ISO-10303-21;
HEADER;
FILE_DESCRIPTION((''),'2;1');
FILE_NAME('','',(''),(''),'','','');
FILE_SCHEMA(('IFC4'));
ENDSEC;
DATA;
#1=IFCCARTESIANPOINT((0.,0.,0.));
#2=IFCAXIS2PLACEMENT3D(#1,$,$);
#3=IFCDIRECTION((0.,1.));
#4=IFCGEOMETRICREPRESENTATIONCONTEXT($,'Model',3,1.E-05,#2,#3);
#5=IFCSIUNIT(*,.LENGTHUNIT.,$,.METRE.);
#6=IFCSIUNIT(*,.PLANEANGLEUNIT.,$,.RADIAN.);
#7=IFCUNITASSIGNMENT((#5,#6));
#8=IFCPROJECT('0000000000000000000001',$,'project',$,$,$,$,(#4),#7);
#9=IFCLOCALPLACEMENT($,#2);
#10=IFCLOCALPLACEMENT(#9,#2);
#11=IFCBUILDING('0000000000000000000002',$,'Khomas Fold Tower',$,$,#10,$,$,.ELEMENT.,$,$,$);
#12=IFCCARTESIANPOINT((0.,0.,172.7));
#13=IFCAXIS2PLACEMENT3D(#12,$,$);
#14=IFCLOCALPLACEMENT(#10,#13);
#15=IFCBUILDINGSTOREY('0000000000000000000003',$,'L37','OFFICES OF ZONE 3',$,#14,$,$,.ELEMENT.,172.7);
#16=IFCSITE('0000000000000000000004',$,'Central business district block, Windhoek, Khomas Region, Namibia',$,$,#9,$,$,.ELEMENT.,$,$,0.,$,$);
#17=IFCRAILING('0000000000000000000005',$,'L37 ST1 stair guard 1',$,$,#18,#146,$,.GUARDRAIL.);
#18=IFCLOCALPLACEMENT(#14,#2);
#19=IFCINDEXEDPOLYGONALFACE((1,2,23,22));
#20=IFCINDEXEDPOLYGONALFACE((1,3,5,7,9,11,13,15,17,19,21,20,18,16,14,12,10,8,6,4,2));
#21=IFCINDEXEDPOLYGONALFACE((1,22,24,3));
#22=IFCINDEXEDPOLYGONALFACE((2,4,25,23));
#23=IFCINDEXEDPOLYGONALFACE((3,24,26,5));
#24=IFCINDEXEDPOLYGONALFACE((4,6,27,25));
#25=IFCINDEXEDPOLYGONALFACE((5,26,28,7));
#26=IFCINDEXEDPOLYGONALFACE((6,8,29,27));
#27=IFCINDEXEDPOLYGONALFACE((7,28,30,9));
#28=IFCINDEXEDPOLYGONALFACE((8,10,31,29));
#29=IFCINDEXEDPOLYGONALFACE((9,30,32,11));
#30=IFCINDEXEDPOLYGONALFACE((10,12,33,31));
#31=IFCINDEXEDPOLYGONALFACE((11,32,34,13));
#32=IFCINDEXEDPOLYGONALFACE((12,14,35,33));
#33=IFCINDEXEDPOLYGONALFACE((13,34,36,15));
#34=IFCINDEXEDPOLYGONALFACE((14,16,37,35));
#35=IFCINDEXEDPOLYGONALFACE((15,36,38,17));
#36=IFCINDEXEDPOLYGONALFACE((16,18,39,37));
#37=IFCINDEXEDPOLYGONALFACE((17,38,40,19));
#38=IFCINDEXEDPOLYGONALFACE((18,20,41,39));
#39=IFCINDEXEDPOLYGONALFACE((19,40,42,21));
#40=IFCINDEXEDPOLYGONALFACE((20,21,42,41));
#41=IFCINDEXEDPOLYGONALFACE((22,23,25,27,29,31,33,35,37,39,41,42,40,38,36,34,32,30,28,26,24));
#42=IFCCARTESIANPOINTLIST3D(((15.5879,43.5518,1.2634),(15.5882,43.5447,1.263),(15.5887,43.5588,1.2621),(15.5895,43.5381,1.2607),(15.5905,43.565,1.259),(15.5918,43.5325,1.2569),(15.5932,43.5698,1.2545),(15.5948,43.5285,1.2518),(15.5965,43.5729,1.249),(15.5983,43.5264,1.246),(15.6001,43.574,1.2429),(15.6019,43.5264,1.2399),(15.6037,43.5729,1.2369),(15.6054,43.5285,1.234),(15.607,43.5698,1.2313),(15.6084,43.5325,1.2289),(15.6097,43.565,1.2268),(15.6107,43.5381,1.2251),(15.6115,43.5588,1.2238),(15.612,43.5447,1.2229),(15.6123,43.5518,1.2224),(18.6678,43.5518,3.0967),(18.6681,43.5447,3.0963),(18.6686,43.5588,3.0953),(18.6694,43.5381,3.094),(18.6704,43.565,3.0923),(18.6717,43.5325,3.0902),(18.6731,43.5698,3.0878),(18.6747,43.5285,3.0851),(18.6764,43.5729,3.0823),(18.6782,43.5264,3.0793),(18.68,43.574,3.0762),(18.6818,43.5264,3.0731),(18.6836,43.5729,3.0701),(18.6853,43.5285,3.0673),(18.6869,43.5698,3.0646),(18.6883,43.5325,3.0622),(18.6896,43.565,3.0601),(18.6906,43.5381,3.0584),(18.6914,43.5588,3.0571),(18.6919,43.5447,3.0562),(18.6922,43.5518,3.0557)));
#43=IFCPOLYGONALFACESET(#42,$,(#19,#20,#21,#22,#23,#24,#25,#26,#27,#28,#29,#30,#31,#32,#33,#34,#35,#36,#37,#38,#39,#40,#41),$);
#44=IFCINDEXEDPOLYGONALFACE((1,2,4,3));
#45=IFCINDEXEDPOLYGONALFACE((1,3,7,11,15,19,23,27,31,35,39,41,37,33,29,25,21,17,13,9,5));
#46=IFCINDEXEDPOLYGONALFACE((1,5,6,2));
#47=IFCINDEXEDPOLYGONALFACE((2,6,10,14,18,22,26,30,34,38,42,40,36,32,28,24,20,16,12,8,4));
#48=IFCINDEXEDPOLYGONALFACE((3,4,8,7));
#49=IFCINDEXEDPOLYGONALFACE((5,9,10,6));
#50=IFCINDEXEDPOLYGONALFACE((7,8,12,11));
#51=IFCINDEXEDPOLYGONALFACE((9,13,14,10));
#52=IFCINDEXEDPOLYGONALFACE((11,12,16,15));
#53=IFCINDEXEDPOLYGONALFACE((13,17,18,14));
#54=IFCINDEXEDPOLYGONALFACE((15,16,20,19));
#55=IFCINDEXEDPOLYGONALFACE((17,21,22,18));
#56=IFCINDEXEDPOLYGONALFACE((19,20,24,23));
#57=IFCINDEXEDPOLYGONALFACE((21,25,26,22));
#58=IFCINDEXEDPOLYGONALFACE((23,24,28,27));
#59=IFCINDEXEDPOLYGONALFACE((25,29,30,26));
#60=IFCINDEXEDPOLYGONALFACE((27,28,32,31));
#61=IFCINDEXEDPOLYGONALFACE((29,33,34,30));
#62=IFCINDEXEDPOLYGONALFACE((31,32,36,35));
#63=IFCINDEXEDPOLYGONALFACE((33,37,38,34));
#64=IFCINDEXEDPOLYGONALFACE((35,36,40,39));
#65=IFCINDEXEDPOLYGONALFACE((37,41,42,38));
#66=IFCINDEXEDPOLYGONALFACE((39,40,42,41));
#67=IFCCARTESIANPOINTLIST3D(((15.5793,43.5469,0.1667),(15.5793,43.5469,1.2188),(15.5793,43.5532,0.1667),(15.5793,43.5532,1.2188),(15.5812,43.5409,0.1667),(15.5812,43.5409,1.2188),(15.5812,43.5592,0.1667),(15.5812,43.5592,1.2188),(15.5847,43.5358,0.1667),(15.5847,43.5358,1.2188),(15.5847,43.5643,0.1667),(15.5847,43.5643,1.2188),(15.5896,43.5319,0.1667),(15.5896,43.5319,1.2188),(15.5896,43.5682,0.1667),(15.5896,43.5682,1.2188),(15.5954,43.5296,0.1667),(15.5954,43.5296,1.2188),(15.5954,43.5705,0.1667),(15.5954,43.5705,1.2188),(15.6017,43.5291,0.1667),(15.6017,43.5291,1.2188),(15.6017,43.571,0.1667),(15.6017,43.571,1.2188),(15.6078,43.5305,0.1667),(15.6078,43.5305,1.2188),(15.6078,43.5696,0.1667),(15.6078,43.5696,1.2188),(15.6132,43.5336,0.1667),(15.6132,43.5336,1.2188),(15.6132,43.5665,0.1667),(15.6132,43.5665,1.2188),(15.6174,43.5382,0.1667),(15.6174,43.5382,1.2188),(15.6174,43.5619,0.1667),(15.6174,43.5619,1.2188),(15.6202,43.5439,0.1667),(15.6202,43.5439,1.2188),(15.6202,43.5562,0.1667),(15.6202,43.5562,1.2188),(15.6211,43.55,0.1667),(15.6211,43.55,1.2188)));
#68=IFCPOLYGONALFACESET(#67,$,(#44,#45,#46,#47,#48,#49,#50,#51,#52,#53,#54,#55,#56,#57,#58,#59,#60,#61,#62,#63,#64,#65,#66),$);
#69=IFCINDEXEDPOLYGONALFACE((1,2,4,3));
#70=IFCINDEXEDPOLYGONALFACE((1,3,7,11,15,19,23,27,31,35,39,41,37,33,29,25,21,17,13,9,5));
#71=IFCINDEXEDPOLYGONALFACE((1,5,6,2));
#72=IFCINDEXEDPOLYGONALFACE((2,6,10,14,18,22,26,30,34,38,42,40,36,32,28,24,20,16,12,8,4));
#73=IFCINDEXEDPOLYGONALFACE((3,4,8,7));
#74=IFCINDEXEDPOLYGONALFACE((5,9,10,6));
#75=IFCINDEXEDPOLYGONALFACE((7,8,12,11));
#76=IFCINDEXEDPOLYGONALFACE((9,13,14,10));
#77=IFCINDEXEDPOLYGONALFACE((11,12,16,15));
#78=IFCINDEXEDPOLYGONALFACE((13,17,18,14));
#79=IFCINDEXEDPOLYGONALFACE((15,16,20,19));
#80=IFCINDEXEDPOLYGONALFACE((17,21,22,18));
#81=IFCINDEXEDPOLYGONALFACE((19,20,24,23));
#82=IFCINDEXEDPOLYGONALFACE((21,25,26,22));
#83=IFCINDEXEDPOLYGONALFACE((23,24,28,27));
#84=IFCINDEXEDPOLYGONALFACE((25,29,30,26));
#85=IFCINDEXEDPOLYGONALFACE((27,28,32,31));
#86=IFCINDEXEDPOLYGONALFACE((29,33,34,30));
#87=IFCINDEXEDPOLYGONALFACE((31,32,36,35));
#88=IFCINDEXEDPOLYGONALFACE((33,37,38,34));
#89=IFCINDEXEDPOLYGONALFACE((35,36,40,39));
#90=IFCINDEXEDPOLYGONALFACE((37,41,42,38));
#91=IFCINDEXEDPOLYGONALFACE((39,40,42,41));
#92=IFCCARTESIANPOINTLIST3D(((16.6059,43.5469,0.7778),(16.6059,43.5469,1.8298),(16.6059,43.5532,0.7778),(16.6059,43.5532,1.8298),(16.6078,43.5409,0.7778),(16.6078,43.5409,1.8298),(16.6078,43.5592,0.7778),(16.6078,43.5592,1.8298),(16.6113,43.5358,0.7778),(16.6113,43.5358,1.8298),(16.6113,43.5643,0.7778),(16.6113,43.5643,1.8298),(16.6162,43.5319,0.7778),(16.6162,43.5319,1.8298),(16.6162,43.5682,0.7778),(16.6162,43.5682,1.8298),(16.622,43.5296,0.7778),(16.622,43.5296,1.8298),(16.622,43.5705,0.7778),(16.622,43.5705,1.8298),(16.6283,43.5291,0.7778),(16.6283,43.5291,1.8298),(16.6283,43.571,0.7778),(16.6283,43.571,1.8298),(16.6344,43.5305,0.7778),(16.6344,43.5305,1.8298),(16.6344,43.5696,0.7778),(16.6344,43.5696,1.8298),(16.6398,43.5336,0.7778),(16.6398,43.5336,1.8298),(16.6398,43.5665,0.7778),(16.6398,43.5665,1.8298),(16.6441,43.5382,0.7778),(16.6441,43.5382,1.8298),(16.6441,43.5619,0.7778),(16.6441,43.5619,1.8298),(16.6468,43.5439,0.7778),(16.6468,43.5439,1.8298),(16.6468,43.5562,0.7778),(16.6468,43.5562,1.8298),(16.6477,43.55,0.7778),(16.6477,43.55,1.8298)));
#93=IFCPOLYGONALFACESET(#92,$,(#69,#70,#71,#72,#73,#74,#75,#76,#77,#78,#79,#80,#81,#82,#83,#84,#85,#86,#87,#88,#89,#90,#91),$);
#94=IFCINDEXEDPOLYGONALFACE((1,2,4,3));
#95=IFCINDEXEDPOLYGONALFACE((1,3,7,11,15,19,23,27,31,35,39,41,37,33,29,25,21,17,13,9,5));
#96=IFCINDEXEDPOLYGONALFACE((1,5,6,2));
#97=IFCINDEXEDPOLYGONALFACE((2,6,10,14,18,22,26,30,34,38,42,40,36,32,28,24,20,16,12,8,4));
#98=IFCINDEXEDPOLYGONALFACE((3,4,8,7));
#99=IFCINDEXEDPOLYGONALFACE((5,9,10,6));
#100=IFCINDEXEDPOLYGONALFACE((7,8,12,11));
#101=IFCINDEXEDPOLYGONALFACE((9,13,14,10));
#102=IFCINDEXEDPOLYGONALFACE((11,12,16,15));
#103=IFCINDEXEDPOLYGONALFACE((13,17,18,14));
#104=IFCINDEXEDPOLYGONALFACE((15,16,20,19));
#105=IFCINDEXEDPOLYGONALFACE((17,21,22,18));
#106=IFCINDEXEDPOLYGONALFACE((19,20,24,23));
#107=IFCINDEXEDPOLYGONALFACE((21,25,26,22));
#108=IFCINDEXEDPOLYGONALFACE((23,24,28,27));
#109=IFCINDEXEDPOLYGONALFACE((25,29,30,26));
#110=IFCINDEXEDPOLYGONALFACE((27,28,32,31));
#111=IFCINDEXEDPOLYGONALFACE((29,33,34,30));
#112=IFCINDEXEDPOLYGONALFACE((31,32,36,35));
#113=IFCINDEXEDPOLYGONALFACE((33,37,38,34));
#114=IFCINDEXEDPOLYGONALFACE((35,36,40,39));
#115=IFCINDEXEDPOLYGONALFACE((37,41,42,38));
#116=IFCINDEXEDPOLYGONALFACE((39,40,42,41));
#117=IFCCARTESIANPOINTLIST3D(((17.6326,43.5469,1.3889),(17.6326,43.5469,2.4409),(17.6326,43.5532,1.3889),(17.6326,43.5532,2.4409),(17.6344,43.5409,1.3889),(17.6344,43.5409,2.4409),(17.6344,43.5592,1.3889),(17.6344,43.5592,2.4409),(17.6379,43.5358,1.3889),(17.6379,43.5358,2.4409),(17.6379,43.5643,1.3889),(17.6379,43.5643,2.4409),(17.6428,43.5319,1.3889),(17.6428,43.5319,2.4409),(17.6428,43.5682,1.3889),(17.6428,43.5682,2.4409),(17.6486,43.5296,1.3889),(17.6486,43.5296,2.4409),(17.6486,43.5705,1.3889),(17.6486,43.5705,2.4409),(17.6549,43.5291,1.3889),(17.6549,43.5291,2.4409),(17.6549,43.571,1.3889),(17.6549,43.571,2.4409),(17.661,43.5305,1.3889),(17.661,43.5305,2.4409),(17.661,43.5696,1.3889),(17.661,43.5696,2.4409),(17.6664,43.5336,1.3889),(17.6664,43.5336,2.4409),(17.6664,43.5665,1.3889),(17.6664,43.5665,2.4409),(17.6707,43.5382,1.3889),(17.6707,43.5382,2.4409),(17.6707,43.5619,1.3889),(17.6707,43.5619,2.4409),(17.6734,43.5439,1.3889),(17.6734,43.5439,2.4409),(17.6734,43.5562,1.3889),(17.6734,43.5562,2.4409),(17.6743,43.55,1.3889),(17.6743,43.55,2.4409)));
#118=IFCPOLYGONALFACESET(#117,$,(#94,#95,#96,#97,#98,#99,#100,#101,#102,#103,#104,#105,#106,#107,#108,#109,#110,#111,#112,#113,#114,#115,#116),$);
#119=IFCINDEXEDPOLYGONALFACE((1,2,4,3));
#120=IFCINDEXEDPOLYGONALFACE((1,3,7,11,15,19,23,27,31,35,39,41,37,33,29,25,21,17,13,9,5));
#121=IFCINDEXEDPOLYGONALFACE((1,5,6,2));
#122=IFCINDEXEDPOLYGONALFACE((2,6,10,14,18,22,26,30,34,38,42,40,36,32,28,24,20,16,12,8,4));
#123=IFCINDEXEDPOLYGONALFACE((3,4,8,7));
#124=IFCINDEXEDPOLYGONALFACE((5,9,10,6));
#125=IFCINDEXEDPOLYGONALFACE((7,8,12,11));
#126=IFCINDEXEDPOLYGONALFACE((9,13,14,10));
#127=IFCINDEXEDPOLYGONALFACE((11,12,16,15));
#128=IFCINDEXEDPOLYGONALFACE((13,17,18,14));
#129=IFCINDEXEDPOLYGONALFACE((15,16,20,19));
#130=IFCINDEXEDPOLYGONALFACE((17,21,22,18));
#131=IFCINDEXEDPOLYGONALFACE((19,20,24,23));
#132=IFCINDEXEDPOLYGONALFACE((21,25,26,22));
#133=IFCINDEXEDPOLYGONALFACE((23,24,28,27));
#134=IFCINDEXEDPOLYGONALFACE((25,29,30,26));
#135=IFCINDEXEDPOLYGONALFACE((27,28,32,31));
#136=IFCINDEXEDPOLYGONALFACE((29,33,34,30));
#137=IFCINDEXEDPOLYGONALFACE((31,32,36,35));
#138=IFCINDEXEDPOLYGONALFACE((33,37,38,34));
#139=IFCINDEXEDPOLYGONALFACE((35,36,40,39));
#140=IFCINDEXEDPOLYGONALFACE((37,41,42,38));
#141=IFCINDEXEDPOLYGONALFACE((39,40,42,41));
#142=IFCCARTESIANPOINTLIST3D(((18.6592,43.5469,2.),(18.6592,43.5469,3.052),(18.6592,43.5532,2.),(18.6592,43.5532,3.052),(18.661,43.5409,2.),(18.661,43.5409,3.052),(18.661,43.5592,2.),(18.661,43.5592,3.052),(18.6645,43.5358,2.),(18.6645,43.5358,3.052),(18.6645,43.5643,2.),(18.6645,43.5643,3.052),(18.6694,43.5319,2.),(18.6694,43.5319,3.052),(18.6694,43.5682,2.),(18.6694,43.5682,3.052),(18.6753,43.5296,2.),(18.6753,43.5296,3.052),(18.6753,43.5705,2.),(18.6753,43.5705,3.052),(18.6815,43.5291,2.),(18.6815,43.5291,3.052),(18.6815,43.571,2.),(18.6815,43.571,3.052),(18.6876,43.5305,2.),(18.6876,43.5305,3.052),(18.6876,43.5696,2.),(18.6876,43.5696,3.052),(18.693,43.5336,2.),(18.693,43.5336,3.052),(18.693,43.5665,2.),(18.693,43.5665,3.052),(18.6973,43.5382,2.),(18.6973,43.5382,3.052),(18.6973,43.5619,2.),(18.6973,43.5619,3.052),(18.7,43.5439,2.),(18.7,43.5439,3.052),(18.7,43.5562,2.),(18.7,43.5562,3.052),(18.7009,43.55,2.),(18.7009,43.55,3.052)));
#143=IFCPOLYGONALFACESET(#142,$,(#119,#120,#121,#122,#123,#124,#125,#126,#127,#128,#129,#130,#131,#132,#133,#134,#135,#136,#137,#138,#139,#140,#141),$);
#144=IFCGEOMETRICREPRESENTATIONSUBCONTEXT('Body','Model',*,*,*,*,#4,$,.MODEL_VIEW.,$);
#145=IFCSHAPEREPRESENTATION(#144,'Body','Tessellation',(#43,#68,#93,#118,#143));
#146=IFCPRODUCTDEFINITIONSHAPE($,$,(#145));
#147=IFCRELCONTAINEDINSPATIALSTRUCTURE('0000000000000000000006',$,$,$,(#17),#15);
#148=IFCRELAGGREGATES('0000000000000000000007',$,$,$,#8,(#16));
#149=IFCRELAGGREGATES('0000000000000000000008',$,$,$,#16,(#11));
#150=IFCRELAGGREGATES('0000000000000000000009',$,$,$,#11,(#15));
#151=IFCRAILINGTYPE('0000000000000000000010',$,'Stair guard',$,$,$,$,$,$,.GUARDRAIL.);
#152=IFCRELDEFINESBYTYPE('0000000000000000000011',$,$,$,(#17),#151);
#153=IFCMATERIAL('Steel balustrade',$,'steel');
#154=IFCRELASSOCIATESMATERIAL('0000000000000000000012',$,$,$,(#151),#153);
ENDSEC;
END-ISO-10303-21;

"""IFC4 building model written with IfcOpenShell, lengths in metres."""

from ifc_helpers import new_model, si_unit, direction, frame, origin, origin_2d, place, context, subcontext, project, spatial, circle, extrude, source, transform, mapped, material, type_object, element, save


model = new_model("IFC4")

# Units and contexts
model_context = context("Model", 3, precision=1e-05, world=origin(), true_north=direction((0.0, 1.0)))
body_context = subcontext(model_context, "Body", "Model", "MODEL_VIEW")
ifc_project = project(units=[si_unit("LENGTHUNIT", "METRE"), si_unit("PLANEANGLEUNIT", "RADIAN")], contexts=[model_context])

# Site, building, storey
site_placement = place(None, origin())
site = spatial("IfcSite", under=ifc_project, at=site_placement, Name="Central business district block, Windhoek, Khomas Region, Namibia", CompositionType="ELEMENT", RefElevation=0.0)
building_placement = place(site_placement, origin())
building = spatial("IfcBuilding", under=site, at=building_placement, Name="Khomas Fold Tower", CompositionType="ELEMENT")
storey_placement = place(building_placement, frame((0.0, 0.0, 172.7)))
storey = spatial("IfcBuildingStorey", under=building, at=storey_placement, Name="L37", Description="OFFICES OF ZONE 3", CompositionType="ELEMENT", Elevation=172.7)

# Railing
ifc_material_1 = material(Name="Steel balustrade", Category="steel")
railing_type_1 = type_object("IfcRailingType", Name="Stair guard", PredefinedType="GUARDRAIL", material=ifc_material_1)
shared_shape_1 = source(origin(), body_context, "Body", "SweptSolid", [
    extrude(circle(Radius=0.0239, at=origin_2d()), frame((0.0, 0.0, 1.0762), z_axis=(0.859291, 0.0, 0.511487), x_axis=(0.0, 1.0, 0.0)), (0.0, 0.0, 1.0), 3.5842),
    extrude(circle(Radius=0.021, at=origin_2d()), origin(), (0.0, 0.0, 1.0), 1.052),
    extrude(circle(Radius=0.021, at=origin_2d()), frame((1.0266, 0.0, 0.6111)), (0.0, 0.0, 1.0), 1.052),
    extrude(circle(Radius=0.021, at=origin_2d()), frame((2.0532, 0.0, 1.2222)), (0.0, 0.0, 1.0), 1.052),
    extrude(circle(Radius=0.021, at=origin_2d()), frame((3.0798, 0.0, 1.8333)), (0.0, 0.0, 1.0), 1.052),
])
railing_1_placement = place(storey_placement, frame((15.6001, 43.55, 0.1667)))
element("IfcRailing", 1, at=railing_1_placement, inside=storey, type_object=railing_type_1, Name="L37 ST1 stair guard 1", PredefinedType="GUARDRAIL", context=body_context, shape_type="MappedRepresentation", body=[
    mapped(shared_shape_1, transform((0.0, 0.0, 0.0))),
])

save(model, "model.ifc")
